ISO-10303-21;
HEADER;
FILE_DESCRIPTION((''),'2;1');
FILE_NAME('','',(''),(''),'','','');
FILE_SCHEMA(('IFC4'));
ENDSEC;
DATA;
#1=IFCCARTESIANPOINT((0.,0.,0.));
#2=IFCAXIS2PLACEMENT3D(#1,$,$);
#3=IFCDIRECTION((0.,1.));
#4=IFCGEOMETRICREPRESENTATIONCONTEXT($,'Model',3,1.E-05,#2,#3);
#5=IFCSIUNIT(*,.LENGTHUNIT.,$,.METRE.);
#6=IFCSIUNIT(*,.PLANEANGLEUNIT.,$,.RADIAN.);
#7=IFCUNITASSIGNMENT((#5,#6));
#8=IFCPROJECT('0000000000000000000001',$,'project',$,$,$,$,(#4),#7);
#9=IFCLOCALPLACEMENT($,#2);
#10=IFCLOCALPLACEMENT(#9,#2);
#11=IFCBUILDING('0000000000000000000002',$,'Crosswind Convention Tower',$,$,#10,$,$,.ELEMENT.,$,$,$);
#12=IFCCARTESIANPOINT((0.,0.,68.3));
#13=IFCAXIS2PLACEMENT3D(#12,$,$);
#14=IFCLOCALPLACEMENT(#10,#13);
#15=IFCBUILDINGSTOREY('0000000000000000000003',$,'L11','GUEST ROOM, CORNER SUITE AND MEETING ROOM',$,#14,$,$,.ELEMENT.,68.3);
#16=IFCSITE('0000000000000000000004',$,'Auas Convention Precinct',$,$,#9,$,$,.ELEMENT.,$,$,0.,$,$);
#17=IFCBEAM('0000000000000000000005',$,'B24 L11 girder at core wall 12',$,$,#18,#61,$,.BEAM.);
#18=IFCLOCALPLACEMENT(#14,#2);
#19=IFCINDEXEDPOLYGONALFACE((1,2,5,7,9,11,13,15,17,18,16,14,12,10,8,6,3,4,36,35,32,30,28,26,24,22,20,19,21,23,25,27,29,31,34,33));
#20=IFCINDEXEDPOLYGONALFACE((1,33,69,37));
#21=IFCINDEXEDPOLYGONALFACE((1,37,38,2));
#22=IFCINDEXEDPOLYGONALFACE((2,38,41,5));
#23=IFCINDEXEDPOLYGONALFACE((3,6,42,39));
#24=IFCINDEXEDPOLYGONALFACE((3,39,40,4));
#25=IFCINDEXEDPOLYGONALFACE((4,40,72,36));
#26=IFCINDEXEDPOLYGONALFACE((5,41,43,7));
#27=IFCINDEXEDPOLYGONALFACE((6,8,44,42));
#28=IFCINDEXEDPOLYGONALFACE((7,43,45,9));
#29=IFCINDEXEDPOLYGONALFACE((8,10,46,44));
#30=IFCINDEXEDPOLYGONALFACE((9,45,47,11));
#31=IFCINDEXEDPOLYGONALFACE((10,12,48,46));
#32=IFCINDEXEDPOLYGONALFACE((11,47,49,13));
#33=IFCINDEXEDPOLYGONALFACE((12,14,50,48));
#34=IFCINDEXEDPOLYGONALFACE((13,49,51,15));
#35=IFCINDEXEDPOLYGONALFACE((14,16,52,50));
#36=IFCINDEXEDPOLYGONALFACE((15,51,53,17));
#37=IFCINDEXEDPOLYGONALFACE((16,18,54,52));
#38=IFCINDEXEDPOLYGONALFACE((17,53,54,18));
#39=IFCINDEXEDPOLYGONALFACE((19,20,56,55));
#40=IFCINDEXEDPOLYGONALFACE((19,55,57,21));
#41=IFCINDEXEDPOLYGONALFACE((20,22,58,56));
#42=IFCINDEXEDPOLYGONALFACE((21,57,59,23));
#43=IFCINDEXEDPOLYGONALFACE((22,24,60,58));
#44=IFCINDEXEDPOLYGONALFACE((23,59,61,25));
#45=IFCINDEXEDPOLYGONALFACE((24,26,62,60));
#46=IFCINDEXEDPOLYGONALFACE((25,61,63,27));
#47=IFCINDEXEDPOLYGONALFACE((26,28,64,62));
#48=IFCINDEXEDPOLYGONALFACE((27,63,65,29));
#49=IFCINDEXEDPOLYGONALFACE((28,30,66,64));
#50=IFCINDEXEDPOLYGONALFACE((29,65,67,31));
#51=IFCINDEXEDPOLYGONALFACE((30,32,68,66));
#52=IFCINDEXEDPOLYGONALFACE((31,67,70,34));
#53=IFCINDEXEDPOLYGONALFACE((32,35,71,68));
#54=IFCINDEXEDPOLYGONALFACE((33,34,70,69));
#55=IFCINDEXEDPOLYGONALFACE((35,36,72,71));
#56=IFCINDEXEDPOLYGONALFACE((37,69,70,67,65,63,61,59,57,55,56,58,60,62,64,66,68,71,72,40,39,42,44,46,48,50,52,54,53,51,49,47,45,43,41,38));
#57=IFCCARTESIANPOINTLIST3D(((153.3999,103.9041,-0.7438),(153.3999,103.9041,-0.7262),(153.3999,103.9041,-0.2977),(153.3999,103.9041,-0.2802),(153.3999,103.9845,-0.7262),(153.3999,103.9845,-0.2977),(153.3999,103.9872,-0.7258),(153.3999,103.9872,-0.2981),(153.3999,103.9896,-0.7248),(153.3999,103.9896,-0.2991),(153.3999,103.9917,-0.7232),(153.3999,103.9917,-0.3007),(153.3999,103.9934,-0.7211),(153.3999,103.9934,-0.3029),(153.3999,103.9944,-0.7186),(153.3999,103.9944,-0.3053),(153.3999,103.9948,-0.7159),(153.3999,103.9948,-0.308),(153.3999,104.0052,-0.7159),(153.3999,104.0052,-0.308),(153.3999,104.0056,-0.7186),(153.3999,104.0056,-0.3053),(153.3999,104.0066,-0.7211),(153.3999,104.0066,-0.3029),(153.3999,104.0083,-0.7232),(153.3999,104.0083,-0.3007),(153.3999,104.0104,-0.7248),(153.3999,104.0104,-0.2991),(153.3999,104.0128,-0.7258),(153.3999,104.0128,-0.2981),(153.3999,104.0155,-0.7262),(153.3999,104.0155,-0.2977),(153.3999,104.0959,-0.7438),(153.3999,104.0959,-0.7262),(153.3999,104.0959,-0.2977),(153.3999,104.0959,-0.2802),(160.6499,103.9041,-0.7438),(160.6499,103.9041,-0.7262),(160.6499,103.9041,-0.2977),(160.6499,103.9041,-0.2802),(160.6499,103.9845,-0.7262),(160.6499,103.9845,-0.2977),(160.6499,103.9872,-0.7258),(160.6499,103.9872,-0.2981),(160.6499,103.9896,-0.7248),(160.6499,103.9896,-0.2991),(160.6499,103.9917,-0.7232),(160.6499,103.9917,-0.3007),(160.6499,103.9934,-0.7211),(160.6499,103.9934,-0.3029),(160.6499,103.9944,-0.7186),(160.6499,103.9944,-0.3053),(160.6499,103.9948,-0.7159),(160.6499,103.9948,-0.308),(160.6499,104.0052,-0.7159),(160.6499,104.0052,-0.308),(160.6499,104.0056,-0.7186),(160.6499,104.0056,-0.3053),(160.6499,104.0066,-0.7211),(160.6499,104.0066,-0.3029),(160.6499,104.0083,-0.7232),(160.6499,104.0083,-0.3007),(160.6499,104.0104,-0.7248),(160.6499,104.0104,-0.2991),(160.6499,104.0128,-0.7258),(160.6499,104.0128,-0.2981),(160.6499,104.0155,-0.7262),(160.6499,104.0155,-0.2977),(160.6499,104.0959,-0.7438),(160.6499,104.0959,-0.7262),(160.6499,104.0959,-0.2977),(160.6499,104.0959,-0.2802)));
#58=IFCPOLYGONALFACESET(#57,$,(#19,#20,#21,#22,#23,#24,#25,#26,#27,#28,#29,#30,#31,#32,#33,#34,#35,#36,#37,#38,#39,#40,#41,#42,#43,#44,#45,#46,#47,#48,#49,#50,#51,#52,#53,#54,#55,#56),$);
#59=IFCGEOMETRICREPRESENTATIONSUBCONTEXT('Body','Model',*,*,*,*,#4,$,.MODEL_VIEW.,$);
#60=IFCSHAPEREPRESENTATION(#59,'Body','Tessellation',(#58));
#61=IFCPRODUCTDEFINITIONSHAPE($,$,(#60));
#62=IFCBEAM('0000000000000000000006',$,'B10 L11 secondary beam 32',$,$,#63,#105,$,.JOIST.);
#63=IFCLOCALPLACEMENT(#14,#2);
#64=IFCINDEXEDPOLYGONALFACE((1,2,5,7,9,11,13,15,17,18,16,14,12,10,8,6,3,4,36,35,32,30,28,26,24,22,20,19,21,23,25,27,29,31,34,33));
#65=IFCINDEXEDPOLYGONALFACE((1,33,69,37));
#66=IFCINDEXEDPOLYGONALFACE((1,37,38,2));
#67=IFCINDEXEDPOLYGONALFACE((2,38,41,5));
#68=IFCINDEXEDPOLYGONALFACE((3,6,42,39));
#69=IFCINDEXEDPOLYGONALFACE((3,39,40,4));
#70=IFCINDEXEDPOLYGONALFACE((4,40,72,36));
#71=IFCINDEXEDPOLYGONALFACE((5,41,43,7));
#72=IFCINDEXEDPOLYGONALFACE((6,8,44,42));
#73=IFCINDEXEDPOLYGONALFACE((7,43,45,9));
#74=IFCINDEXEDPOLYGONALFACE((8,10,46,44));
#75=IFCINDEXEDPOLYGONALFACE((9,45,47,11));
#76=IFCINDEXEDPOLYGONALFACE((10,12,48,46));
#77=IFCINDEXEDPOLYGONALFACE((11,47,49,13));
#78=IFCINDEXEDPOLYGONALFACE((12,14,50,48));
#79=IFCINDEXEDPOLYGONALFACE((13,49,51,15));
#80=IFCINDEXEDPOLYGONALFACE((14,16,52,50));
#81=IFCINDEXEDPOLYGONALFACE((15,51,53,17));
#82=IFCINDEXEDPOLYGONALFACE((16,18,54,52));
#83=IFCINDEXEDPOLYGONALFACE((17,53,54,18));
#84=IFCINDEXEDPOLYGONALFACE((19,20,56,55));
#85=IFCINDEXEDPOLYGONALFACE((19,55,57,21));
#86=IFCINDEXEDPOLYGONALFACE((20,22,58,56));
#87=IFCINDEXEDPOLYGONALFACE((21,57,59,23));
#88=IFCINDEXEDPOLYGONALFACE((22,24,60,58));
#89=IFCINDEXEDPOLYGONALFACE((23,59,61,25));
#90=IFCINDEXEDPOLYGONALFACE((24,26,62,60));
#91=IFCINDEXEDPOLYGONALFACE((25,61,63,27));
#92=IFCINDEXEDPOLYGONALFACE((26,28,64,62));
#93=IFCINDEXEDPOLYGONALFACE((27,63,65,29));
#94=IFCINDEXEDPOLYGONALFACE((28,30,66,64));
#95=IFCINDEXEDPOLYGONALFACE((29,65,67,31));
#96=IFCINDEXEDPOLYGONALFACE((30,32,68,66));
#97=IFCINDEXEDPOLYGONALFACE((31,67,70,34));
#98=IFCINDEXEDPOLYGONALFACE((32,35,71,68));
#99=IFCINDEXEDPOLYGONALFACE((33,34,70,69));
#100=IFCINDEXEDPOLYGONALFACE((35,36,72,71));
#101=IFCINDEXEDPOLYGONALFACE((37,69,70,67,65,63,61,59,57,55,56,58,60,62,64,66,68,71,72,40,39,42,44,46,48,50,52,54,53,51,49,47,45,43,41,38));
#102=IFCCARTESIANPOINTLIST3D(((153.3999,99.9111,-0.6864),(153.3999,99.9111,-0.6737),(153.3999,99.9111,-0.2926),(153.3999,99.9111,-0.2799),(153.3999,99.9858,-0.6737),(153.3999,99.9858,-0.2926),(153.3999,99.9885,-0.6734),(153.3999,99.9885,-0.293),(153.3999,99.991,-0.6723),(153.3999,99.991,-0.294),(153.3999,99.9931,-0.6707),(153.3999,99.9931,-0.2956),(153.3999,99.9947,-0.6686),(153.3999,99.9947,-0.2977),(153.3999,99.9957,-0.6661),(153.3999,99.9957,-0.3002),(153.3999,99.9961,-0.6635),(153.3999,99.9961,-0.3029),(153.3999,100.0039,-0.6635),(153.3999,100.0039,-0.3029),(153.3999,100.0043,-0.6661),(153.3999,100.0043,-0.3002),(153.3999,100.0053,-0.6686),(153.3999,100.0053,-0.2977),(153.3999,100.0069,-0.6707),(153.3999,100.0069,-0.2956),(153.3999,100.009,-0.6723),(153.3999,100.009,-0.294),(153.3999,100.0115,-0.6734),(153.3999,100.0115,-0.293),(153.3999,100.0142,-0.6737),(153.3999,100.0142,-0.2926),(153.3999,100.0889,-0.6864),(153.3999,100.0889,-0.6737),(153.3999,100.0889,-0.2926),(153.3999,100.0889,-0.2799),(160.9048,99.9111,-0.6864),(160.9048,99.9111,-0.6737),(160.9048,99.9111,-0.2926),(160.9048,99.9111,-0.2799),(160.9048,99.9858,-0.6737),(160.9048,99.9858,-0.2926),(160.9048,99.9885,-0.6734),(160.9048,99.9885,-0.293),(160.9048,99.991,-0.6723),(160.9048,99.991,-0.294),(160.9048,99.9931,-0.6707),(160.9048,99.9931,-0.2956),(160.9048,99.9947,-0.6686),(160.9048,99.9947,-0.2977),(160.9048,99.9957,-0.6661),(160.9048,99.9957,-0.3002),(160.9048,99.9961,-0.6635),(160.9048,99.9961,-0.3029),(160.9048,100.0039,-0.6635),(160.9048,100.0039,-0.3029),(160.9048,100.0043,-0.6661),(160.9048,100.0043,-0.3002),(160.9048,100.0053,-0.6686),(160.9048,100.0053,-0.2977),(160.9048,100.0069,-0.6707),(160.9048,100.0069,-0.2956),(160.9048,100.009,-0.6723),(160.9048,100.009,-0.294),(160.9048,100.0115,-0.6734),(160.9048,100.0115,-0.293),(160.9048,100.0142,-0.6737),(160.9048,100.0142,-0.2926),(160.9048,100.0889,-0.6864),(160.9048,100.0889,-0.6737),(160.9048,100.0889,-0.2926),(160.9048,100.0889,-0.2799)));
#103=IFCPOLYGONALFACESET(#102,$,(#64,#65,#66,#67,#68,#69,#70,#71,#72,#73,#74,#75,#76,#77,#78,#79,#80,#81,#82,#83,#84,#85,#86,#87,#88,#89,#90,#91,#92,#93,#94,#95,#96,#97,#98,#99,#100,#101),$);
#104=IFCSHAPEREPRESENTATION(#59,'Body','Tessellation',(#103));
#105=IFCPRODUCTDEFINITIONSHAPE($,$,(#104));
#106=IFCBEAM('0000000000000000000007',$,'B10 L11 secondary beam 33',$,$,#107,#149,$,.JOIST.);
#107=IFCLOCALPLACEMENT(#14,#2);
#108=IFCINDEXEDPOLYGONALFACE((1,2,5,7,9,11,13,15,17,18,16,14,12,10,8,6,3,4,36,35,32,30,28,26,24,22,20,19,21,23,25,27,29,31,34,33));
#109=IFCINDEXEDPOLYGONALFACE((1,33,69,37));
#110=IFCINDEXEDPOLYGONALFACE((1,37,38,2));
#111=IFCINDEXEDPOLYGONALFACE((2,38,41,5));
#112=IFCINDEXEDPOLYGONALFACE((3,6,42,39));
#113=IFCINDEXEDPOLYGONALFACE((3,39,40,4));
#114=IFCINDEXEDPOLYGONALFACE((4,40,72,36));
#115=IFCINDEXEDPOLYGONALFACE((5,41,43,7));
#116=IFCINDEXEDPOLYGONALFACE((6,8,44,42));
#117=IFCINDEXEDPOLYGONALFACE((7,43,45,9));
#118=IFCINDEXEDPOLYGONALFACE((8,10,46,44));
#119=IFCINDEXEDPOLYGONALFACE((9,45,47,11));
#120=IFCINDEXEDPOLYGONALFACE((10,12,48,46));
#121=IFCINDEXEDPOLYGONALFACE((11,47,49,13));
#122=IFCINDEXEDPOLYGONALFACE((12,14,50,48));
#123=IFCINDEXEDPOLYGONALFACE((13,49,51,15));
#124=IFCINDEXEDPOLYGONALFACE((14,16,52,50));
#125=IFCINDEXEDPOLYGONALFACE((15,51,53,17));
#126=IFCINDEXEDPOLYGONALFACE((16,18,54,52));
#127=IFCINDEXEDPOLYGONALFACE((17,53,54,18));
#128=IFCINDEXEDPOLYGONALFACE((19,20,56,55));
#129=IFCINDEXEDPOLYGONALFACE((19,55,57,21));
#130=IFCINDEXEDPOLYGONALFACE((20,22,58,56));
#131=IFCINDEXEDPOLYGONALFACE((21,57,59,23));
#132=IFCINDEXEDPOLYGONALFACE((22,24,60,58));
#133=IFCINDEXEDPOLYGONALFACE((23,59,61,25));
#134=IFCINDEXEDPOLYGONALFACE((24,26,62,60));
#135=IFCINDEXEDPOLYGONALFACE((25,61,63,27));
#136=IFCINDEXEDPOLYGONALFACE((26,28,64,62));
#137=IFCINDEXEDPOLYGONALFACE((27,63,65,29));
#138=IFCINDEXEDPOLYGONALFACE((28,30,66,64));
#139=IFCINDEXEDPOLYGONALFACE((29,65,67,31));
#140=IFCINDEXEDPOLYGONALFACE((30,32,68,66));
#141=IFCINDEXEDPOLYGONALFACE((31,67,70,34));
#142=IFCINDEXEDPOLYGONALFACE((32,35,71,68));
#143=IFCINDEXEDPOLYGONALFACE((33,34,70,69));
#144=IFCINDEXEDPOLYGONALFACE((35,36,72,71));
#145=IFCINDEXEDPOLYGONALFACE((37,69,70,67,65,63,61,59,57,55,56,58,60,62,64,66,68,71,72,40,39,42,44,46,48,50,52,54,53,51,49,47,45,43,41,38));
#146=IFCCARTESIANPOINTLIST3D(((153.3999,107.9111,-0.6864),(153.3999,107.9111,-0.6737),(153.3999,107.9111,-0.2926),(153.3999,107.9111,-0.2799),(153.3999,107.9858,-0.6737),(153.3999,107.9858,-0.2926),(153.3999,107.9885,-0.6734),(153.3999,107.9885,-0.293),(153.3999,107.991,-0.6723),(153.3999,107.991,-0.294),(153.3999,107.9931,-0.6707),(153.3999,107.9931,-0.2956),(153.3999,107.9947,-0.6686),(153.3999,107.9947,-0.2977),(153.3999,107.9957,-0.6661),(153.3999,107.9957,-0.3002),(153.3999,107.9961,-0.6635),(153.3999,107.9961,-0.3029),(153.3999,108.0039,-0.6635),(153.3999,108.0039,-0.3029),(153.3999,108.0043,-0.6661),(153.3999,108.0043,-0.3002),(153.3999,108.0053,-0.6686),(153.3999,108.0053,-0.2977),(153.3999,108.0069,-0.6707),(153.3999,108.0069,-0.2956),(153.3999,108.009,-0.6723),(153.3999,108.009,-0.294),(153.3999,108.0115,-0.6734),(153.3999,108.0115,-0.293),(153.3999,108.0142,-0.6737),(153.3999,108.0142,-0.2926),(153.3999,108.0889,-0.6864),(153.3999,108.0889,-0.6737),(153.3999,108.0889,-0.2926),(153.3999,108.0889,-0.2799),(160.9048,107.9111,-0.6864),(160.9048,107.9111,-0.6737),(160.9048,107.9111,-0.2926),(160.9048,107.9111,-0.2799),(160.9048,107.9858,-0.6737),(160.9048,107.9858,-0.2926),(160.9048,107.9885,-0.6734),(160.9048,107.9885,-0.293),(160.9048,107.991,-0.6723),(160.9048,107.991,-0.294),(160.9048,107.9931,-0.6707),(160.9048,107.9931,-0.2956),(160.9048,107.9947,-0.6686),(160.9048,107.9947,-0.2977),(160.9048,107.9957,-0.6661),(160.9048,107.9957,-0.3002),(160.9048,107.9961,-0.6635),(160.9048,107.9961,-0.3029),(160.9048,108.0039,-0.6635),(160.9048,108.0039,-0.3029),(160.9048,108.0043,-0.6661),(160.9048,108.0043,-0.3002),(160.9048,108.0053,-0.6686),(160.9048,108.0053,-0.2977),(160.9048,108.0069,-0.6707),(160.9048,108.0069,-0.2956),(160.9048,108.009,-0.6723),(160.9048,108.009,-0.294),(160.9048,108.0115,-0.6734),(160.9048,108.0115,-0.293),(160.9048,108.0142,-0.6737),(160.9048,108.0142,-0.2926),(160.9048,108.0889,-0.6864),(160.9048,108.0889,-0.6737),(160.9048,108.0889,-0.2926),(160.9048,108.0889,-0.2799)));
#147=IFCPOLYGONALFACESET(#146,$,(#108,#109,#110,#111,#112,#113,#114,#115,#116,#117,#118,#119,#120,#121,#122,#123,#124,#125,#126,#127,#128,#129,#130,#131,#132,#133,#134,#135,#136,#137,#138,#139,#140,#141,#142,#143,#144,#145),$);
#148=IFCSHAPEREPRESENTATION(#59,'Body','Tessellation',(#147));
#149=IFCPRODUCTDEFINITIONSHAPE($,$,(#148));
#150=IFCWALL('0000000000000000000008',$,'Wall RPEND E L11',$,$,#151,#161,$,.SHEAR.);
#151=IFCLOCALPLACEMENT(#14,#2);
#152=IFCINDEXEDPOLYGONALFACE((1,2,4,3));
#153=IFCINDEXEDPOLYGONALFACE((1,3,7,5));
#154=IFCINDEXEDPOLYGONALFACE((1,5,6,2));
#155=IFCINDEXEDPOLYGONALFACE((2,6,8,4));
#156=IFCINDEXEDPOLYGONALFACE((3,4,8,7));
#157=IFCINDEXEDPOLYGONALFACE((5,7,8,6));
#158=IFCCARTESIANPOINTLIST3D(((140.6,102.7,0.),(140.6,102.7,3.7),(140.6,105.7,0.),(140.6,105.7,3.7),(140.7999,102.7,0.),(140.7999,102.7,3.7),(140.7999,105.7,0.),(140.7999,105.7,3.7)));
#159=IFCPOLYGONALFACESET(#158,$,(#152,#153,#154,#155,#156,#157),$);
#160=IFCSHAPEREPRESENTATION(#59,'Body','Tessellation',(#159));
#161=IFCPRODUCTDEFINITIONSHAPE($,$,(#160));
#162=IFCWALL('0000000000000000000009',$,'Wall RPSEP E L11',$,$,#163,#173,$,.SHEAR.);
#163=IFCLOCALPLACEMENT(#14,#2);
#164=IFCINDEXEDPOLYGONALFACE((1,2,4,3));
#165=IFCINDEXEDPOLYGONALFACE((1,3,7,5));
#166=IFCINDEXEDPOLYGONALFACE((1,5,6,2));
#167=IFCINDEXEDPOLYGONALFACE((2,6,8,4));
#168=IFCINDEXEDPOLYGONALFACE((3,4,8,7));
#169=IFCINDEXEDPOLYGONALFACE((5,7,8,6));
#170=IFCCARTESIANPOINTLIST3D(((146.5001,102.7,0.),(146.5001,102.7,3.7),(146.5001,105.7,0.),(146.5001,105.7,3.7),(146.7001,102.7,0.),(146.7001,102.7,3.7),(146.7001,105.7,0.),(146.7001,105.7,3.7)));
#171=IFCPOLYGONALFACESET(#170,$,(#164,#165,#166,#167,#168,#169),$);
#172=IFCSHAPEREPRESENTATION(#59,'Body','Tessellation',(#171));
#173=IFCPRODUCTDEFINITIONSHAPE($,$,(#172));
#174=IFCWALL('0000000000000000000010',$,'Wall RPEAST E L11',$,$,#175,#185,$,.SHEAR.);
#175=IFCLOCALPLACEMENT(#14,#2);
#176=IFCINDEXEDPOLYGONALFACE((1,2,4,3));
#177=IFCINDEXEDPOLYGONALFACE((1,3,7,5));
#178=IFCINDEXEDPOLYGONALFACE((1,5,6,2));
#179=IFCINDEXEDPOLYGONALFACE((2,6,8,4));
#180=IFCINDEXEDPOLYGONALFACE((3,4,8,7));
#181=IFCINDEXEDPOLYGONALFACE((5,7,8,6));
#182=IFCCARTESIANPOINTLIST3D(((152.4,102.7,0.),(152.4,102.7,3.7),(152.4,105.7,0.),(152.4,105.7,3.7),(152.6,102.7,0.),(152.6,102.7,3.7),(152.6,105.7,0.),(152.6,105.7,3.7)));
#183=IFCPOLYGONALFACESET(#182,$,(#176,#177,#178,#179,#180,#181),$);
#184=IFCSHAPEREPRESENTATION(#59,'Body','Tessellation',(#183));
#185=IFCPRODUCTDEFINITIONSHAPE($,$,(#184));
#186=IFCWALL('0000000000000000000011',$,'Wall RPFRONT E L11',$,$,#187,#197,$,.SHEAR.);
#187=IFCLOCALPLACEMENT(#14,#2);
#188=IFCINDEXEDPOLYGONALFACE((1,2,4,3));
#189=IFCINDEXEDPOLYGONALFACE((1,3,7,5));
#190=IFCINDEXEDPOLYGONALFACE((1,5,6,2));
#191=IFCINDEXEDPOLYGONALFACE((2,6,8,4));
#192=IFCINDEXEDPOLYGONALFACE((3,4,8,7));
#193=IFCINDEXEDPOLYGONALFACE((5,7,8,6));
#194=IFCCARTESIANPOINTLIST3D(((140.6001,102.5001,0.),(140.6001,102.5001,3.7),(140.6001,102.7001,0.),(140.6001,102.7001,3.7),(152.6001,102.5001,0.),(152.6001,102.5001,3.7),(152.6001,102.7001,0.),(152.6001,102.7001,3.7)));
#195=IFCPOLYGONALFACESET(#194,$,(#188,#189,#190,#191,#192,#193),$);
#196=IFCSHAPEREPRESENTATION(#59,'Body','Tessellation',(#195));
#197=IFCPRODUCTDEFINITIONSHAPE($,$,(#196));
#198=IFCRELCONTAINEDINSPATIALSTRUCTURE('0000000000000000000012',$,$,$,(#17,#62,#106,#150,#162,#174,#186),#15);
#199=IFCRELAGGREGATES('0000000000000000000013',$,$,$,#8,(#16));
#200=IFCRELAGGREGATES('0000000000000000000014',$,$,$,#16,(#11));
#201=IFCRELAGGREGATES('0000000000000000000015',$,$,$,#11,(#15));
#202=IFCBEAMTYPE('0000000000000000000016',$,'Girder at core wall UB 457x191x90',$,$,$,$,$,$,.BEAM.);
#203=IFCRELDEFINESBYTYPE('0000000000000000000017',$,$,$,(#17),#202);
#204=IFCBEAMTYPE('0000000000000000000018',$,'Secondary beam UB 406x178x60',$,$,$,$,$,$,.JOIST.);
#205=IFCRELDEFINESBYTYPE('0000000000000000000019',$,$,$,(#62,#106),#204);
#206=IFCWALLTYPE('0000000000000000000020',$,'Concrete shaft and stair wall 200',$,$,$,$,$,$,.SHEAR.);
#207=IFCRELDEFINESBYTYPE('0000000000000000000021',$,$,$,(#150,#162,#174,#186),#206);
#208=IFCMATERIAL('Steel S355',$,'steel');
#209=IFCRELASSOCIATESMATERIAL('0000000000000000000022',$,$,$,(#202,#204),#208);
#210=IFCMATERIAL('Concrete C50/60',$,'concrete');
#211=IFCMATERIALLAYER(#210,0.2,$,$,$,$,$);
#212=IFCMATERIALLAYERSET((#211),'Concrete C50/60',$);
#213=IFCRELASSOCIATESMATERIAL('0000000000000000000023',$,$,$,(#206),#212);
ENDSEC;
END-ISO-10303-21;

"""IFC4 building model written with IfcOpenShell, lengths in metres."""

from ifc_helpers import new_model, si_unit, direction, frame, frame_2d, origin, origin_2d, place, context, subcontext, project, spatial, rectangle, i_section, extrude, material, layer, layer_set, material_profile, profile_set, type_object, element, save


model = new_model("IFC4")

# Units and contexts
model_context = context("Model", 3, precision=1e-05, world=origin(), true_north=direction((0.0, 1.0)))
body_context = subcontext(model_context, "Body", "Model", "MODEL_VIEW")
ifc_project = project(units=[si_unit("LENGTHUNIT", "METRE"), si_unit("PLANEANGLEUNIT", "RADIAN")], contexts=[model_context])

# Site, building, storey
site_placement = place(None, origin())
site = spatial("IfcSite", under=ifc_project, at=site_placement, Name="Auas Convention Precinct", CompositionType="ELEMENT", RefElevation=0.0)
building_placement = place(site_placement, origin())
building = spatial("IfcBuilding", under=site, at=building_placement, Name="Crosswind Convention Tower", CompositionType="ELEMENT")
storey_placement = place(building_placement, frame((0.0, 0.0, 68.3)))
storey = spatial("IfcBuildingStorey", under=building, at=storey_placement, Name="L11", Description="GUEST ROOM, CORNER SUITE AND MEETING ROOM", CompositionType="ELEMENT", Elevation=68.3)

# Beams
ifc_material_1 = material(Name="Steel S355", Category="steel")
ifc_material_profile_1 = material_profile(ifc_material_1, i_section(OverallWidth=0.1919, OverallDepth=0.4636, WebThickness=0.0105, FlangeThickness=0.0176, FilletRadius=0.0103, at=origin_2d()), Name="UB 457x191x90")
ifc_profile_set_1 = profile_set([ifc_material_profile_1], Name="Steel S355")
beam_type_1 = type_object("IfcBeamType", Name="Girder at core wall UB 457x191x90", PredefinedType="BEAM", material=ifc_profile_set_1)
beam_placement = place(storey_placement, frame((153.3999, 104.0, -0.512), z_axis=(1.0, 0.0, 0.0), x_axis=(0.0, 1.0, 0.0)))
element("IfcBeam", 1, at=beam_placement, inside=storey, type_object=beam_type_1, Name="B24 L11 girder at core wall 12", PredefinedType="BEAM", context=body_context, shape_type="SweptSolid", body=[
    extrude(i_section(OverallWidth=0.1919, OverallDepth=0.4636, WebThickness=0.0105, FlangeThickness=0.0176, FilletRadius=0.0103, at=origin_2d()), origin(), (0.0, 0.0, 1.0), 7.25),
])
ifc_material_profile_2 = material_profile(ifc_material_1, i_section(OverallWidth=0.1777, OverallDepth=0.4065, WebThickness=0.0078, FlangeThickness=0.0127, FilletRadius=0.0103, at=origin_2d()), Name="UB 406x178x60")
ifc_profile_set_2 = profile_set([ifc_material_profile_2], Name="Steel S355")
beam_type_2 = type_object("IfcBeamType", Name="Secondary beam UB 406x178x60", PredefinedType="JOIST", material=ifc_profile_set_2)
for number, where, z_axis, x_axis, name in (
    (2, (153.3999, 100.0, -0.4832), (1.0, 0.0, 0.0), (0.0, 1.0, 0.0), "B10 L11 secondary beam 32"),
    (3, (153.3999, 108.0, -0.4832), (1.0, 0.0, 0.0), (0.0, 1.0, 0.0), "B10 L11 secondary beam 33"),
):
    element("IfcBeam", number, at=place(storey_placement, frame(where, z_axis=z_axis, x_axis=x_axis)), inside=storey, type_object=beam_type_2, Name=name, PredefinedType="JOIST", context=body_context, shape_type="SweptSolid", body=[
        extrude(i_section(OverallWidth=0.1777, OverallDepth=0.4065, WebThickness=0.0078, FlangeThickness=0.0127, FilletRadius=0.0103, at=origin_2d()), origin(), (0.0, 0.0, 1.0), 7.5049),
    ])

# Walls
ifc_material_2 = material(Name="Concrete C50/60", Category="concrete")
ifc_layer_1 = layer(ifc_material_2, 0.2)
ifc_layer_set_1 = layer_set([ifc_layer_1], Name="Concrete C50/60")
wall_type_1 = type_object("IfcWallType", Name="Concrete shaft and stair wall 200", PredefinedType="SHEAR", material=ifc_layer_set_1)
for number, where, z_axis, x_axis, name in (
    (4, (140.7, 102.7, 0.0), (0.0, 0.0, 1.0), (0.0, 1.0, 0.0), "Wall RPEND E L11"),
    (5, (146.6001, 102.7, 0.0), (0.0, 0.0, 1.0), (0.0, 1.0, 0.0), "Wall RPSEP E L11"),
    (6, (152.5, 102.7, 0.0), (0.0, 0.0, 1.0), (0.0, 1.0, 0.0), "Wall RPEAST E L11"),
):
    element("IfcWall", number, at=place(storey_placement, frame(where, z_axis=z_axis, x_axis=x_axis)), inside=storey, type_object=wall_type_1, Name=name, PredefinedType="SHEAR", context=body_context, shape_type="SweptSolid", body=[
        extrude(rectangle(XDim=3.0, YDim=0.2, at=frame_2d((1.5, 0.0))), origin(), (0.0, 0.0, 1.0), 3.7),
    ])
wall_1_placement = place(storey_placement, frame((140.6001, 102.6001, 0.0), z_axis=(0.0, 0.0, 1.0), x_axis=(1.0, 0.0, 0.0)))
element("IfcWall", 7, at=wall_1_placement, inside=storey, type_object=wall_type_1, Name="Wall RPFRONT E L11", PredefinedType="SHEAR", context=body_context, shape_type="SweptSolid", body=[
    extrude(rectangle(XDim=12.0, YDim=0.2, at=frame_2d((6.0, 0.0))), origin(), (0.0, 0.0, 1.0), 3.7),
])

save(model, "model.ifc")
